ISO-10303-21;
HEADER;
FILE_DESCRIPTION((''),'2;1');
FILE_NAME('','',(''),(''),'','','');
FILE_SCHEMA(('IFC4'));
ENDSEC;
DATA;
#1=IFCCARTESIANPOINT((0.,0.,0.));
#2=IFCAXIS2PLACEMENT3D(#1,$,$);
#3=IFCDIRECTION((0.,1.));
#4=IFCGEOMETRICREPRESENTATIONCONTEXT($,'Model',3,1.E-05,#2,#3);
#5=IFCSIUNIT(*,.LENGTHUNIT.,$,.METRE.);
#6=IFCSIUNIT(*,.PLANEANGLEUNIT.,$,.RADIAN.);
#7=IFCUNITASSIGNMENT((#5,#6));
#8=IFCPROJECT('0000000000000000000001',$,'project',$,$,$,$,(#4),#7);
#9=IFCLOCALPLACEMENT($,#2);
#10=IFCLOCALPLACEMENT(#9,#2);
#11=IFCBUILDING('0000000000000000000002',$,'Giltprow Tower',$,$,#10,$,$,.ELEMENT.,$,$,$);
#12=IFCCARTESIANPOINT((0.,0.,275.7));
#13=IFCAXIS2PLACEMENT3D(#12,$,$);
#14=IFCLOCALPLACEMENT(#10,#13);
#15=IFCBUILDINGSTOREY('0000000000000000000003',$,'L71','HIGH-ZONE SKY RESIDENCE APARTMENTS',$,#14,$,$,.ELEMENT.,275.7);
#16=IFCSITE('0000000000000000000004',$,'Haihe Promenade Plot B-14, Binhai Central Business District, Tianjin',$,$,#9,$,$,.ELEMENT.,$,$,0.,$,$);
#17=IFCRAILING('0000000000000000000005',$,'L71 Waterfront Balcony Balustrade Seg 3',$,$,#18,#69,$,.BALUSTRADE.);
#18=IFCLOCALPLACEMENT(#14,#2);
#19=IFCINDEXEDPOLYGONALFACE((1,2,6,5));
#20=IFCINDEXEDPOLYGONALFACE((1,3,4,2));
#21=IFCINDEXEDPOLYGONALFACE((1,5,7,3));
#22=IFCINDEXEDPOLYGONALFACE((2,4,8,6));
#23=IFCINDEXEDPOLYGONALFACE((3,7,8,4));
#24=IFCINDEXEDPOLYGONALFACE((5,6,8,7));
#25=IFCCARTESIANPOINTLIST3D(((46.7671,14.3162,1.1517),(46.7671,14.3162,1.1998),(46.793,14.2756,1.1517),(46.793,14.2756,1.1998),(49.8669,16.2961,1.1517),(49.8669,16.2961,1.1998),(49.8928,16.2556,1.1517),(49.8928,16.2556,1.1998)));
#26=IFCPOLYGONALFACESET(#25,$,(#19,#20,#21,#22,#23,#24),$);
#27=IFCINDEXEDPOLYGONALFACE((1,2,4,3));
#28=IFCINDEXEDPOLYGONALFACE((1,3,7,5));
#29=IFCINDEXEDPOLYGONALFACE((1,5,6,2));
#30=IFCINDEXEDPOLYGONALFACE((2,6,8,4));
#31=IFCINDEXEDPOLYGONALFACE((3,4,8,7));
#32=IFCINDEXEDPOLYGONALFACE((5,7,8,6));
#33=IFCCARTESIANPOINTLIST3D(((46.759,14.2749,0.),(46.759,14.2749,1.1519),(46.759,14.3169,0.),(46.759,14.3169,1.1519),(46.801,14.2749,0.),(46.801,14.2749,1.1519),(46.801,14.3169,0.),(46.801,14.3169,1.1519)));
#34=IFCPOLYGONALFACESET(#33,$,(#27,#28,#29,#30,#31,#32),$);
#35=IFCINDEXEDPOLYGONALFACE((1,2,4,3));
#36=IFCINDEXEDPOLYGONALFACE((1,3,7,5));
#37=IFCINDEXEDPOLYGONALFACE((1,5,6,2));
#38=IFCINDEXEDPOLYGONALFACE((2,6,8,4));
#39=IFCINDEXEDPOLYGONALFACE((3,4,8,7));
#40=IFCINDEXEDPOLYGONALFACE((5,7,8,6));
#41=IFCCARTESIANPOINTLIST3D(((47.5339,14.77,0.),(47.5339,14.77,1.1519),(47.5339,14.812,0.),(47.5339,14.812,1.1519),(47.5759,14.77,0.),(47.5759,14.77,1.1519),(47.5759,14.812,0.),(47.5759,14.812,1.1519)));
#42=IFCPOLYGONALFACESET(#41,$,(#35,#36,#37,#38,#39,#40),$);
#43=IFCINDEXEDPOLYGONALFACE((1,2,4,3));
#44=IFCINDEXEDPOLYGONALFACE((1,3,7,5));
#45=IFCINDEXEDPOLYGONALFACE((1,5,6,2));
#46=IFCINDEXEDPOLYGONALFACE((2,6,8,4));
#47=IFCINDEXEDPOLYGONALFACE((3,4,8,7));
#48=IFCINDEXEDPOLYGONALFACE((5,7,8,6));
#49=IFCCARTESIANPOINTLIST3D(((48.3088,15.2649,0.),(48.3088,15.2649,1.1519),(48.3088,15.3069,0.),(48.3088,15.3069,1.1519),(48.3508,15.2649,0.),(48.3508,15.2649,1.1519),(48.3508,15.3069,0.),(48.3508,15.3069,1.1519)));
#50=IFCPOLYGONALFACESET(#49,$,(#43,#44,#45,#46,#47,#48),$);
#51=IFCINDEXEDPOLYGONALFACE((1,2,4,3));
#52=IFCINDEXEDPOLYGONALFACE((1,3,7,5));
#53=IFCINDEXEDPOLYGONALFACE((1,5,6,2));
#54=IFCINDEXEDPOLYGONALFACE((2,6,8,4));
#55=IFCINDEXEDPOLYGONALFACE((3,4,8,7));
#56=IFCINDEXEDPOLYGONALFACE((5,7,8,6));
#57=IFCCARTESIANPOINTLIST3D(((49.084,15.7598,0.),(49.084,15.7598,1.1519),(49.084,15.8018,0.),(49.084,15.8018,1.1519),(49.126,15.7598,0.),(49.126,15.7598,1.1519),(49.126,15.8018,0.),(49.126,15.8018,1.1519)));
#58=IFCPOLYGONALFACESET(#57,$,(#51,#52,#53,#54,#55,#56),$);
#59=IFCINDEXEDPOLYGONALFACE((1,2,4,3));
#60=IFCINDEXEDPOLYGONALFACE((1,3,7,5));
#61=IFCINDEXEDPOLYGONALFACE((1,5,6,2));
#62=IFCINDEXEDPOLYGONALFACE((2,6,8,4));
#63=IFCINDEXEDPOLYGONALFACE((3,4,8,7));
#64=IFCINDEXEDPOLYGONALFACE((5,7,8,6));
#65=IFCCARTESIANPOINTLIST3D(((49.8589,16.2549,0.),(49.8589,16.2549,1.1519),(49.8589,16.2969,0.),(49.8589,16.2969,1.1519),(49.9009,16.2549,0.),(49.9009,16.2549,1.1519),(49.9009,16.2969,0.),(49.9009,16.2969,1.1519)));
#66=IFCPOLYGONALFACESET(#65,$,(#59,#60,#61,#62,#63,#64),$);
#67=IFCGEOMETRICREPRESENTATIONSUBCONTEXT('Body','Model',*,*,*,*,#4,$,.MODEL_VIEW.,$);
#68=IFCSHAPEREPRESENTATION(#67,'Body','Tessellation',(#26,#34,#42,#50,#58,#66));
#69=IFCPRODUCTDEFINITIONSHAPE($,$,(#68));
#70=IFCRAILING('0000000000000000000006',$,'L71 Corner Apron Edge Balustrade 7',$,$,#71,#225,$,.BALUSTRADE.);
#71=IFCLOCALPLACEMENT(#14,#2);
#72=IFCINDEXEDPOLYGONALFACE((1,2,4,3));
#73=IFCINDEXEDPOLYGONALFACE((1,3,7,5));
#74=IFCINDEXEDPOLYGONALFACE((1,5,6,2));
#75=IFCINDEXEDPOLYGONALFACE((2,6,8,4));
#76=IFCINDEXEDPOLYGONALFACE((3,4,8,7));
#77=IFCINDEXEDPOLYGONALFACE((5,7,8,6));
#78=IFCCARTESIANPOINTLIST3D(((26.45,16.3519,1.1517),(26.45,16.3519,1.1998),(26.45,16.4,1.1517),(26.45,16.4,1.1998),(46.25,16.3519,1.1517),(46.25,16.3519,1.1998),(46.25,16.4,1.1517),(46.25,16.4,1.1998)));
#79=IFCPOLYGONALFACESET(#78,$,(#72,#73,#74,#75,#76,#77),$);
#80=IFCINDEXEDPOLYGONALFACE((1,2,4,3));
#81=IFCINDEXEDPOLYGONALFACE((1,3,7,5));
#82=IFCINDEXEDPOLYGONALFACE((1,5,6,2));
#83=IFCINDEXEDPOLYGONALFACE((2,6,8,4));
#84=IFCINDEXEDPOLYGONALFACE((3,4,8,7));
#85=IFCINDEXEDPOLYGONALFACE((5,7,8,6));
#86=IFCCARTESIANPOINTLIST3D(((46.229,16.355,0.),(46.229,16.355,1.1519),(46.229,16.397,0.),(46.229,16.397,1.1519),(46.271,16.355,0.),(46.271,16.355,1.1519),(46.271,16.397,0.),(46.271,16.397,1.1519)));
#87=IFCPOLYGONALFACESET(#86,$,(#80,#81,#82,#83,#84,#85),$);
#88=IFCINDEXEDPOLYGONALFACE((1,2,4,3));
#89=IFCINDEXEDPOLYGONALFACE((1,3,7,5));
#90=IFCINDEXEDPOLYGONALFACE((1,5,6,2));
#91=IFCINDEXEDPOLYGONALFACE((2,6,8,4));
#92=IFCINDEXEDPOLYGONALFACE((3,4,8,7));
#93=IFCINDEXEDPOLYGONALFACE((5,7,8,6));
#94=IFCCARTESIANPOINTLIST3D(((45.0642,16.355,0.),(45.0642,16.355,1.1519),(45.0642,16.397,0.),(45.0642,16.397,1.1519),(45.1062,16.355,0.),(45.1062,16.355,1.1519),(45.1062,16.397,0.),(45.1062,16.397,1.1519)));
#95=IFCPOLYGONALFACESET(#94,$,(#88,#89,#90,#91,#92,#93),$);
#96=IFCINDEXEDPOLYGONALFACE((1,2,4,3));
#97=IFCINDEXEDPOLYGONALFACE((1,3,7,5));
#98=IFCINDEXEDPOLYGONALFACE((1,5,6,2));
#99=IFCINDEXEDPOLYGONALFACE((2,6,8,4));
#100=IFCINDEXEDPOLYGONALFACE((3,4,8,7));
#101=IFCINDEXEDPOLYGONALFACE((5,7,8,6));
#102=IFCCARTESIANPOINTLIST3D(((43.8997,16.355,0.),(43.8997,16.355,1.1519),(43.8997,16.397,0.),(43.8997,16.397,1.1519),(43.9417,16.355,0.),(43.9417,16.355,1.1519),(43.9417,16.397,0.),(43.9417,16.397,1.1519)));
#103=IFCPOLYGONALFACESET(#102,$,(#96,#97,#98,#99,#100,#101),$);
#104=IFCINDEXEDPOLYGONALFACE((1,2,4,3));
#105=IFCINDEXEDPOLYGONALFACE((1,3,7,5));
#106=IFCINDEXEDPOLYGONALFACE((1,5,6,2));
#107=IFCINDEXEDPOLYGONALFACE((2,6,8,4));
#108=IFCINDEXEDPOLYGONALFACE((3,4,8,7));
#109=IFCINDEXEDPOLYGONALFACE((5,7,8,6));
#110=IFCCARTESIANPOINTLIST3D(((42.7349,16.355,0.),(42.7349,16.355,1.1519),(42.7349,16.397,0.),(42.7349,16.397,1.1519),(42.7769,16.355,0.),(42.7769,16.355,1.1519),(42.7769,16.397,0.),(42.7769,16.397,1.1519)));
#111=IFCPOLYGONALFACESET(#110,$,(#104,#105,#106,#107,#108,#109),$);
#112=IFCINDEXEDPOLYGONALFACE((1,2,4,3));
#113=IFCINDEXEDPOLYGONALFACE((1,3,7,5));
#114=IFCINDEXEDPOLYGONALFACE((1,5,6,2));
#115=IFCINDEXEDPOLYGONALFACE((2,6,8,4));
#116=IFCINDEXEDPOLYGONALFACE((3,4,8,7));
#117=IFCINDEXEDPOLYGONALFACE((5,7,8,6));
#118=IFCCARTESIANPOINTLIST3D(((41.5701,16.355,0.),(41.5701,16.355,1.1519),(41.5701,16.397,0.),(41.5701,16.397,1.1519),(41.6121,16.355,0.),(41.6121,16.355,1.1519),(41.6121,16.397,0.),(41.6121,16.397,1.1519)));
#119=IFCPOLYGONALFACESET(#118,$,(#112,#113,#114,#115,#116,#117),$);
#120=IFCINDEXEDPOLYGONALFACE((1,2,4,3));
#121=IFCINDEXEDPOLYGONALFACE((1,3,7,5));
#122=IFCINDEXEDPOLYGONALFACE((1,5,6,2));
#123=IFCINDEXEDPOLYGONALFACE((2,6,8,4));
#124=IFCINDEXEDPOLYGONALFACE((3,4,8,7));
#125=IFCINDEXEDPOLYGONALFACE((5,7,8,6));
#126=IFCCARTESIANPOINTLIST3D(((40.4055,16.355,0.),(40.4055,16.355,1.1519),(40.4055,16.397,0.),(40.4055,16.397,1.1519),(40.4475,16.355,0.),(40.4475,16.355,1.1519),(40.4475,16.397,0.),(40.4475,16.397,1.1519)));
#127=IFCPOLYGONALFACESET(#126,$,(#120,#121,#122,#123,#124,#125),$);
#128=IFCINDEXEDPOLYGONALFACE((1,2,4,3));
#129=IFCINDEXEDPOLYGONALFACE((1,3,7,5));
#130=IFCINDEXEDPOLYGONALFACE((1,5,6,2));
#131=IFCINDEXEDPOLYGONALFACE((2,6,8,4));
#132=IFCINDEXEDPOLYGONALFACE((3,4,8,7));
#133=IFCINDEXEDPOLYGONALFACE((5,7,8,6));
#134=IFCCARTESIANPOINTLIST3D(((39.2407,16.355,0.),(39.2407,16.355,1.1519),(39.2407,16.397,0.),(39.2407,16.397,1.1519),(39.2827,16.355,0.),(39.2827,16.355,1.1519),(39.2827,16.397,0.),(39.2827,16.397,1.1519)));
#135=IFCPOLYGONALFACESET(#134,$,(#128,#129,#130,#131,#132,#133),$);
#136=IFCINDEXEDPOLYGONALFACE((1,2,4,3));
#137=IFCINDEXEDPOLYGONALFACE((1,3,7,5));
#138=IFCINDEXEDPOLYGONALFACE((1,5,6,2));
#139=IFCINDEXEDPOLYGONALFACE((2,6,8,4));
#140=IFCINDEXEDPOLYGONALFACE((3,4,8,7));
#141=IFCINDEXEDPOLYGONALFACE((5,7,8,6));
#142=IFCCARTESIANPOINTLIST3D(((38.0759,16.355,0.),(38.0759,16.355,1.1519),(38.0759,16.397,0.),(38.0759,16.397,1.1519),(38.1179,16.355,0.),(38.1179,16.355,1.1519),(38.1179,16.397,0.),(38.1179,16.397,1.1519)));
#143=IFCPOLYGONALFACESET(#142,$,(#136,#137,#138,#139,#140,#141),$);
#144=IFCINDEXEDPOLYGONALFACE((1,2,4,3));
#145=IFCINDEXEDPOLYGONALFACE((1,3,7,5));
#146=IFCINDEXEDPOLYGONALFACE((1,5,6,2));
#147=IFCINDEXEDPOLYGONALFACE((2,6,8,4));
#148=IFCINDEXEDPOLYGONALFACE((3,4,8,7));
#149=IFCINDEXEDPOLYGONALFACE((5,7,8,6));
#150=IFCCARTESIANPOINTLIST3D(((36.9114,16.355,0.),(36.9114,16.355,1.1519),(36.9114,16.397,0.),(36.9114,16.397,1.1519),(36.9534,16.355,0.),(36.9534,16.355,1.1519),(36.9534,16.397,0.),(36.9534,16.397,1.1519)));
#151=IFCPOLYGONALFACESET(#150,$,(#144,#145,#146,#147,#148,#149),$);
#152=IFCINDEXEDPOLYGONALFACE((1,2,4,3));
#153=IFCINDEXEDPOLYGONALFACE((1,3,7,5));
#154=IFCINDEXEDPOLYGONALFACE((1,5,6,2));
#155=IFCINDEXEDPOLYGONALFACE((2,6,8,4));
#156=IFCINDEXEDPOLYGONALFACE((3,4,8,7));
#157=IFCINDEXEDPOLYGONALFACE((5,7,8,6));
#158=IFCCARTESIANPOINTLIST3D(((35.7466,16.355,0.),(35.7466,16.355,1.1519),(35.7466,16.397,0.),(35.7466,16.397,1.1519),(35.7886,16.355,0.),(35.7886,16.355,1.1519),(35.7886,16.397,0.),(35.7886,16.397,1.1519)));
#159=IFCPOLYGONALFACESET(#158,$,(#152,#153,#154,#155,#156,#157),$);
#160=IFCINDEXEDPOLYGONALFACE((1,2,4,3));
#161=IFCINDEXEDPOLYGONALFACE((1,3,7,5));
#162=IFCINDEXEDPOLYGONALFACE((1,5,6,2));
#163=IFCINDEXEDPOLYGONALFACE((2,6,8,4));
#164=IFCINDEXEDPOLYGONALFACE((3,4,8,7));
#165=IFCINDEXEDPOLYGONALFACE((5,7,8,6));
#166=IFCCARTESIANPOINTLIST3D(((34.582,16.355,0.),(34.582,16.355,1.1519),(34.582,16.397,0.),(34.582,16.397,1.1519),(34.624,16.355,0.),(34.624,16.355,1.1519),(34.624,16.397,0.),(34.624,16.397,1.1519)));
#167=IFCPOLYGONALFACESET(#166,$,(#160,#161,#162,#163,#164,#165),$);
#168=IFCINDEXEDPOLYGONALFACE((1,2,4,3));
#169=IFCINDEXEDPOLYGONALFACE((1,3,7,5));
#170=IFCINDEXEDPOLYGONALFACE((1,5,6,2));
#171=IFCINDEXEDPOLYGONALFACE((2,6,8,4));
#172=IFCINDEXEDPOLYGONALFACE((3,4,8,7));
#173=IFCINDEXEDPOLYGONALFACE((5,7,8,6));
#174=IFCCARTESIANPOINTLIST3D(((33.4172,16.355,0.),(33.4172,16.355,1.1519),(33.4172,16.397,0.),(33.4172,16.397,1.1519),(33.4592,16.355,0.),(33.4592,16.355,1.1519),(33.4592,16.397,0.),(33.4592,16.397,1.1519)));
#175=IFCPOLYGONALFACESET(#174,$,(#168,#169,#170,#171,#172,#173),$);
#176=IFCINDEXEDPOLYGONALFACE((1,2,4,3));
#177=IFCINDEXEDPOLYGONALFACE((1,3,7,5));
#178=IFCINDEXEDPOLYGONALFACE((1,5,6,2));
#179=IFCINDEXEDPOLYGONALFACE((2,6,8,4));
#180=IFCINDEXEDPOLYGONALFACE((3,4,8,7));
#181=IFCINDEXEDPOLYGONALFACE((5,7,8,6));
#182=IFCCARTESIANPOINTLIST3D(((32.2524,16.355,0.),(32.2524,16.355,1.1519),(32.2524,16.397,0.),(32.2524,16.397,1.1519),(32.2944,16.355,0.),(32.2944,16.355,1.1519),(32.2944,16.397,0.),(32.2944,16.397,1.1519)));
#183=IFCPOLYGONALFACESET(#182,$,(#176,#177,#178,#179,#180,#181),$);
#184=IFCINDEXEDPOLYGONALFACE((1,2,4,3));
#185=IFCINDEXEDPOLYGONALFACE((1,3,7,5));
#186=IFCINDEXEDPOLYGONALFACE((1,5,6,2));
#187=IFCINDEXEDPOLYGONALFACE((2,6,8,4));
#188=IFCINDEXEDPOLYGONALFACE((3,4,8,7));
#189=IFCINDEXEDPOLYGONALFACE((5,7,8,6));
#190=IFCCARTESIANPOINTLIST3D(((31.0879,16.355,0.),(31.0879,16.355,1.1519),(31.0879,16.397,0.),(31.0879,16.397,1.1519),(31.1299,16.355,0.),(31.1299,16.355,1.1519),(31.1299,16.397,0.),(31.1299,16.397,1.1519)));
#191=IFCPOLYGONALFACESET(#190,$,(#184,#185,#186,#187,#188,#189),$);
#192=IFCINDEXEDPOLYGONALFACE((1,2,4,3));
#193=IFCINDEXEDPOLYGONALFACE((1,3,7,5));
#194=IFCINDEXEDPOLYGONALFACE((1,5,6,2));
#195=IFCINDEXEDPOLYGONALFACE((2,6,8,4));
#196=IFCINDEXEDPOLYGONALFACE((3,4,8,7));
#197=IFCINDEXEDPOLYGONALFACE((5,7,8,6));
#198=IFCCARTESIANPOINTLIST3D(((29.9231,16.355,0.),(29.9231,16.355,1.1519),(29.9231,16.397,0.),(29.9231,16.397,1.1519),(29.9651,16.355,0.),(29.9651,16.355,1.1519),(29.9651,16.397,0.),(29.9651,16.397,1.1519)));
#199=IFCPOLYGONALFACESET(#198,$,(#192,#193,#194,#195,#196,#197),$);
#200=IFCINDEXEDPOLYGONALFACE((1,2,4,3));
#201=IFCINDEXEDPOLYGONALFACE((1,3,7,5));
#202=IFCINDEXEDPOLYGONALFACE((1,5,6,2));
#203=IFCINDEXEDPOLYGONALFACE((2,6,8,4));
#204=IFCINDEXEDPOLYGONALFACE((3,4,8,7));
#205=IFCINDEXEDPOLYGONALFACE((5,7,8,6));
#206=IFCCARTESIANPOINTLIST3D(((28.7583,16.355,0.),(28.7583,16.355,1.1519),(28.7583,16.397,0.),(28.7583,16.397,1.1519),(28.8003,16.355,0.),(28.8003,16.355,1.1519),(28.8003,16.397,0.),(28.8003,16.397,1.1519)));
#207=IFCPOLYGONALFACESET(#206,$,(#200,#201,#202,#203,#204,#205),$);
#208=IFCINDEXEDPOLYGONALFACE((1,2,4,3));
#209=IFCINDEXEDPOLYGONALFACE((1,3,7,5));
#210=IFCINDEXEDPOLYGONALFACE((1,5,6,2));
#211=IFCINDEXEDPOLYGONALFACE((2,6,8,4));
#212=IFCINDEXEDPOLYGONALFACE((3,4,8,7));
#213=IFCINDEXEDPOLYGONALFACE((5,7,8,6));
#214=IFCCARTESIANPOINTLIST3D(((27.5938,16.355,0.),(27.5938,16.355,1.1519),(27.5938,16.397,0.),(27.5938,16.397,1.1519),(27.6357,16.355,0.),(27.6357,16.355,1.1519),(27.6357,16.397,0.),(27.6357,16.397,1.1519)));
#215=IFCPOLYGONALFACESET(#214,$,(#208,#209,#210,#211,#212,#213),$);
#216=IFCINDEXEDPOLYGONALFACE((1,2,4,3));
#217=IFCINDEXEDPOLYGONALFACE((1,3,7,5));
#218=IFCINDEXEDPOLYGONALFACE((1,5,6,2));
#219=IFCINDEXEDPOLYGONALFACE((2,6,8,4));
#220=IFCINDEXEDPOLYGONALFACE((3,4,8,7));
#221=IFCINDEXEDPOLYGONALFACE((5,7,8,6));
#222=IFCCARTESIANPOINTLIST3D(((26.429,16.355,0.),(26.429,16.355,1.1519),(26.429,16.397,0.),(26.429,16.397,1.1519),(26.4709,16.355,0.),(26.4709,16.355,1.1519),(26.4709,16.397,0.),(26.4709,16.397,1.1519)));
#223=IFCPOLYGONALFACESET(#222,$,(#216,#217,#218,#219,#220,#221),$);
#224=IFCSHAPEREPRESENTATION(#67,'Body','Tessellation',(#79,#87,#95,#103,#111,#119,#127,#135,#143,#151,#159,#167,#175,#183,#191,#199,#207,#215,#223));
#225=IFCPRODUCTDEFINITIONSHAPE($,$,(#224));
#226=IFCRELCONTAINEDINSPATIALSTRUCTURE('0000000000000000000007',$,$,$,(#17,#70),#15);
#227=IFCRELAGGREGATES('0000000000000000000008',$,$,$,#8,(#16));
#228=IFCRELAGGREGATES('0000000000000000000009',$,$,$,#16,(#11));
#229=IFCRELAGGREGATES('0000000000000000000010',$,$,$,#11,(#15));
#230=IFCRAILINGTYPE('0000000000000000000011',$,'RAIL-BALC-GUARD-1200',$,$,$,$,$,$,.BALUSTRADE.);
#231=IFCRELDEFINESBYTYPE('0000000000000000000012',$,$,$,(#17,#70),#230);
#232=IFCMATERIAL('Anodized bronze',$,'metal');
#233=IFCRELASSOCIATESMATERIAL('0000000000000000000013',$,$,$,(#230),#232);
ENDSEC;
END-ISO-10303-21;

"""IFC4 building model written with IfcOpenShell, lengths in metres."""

from ifc_helpers import new_model, si_unit, direction, frame, origin, origin_2d, place, context, subcontext, project, spatial, rectangle, extrude, material, type_object, element, save


model = new_model("IFC4")

# Units and contexts
model_context = context("Model", 3, precision=1e-05, world=origin(), true_north=direction((0.0, 1.0)))
body_context = subcontext(model_context, "Body", "Model", "MODEL_VIEW")
ifc_project = project(units=[si_unit("LENGTHUNIT", "METRE"), si_unit("PLANEANGLEUNIT", "RADIAN")], contexts=[model_context])

# Site, building, storey
site_placement = place(None, origin())
site = spatial("IfcSite", under=ifc_project, at=site_placement, Name="Haihe Promenade Plot B-14, Binhai Central Business District, Tianjin", CompositionType="ELEMENT", RefElevation=0.0)
building_placement = place(site_placement, origin())
building = spatial("IfcBuilding", under=site, at=building_placement, Name="Giltprow Tower", CompositionType="ELEMENT")
storey_placement = place(building_placement, frame((0.0, 0.0, 275.7)))
storey = spatial("IfcBuildingStorey", under=building, at=storey_placement, Name="L71", Description="HIGH-ZONE SKY RESIDENCE APARTMENTS", CompositionType="ELEMENT", Elevation=275.7)

# Shared definitions
ifc_material_1 = material(Name="Anodized bronze", Category="metal")

# Railings
railing_type = type_object("IfcRailingType", Name="RAIL-BALC-GUARD-1200", PredefinedType="BALUSTRADE", material=ifc_material_1)
railing_1_placement = place(storey_placement, frame((46.78, 14.2959, 0.0)))
element("IfcRailing", 1, at=railing_1_placement, inside=storey, type_object=railing_type, Name="L71 Waterfront Balcony Balustrade Seg 3", PredefinedType="BALUSTRADE", context=body_context, shape_type="SweptSolid", body=[
    extrude(rectangle(XDim=0.0481, YDim=0.0481, at=origin_2d()), frame((0.0, 0.0, 1.1758), z_axis=(0.842756, 0.538296, 0.0), x_axis=(-0.538296, 0.842756, 0.0)), (0.0, 0.0, 1.0), 3.6782),
    extrude(rectangle(XDim=0.042, YDim=0.042, at=origin_2d()), origin(), (0.0, 0.0, 1.0), 1.1519),
    extrude(rectangle(XDim=0.042, YDim=0.042, at=origin_2d()), frame((0.7749, 0.4951, 0.0)), (0.0, 0.0, 1.0), 1.1519),
    extrude(rectangle(XDim=0.042, YDim=0.042, at=origin_2d()), frame((1.5498, 0.99, 0.0)), (0.0, 0.0, 1.0), 1.1519),
    extrude(rectangle(XDim=0.042, YDim=0.042, at=origin_2d()), frame((2.325, 1.4849, 0.0)), (0.0, 0.0, 1.0), 1.1519),
    extrude(rectangle(XDim=0.042, YDim=0.042, at=origin_2d()), frame((3.0999, 1.98, 0.0)), (0.0, 0.0, 1.0), 1.1519),
])
railing_2_placement = place(storey_placement, frame((46.25, 16.376, 0.0)))
element("IfcRailing", 2, at=railing_2_placement, inside=storey, type_object=railing_type, Name="L71 Corner Apron Edge Balustrade 7", PredefinedType="BALUSTRADE", context=body_context, shape_type="SweptSolid", body=[
    extrude(rectangle(XDim=0.0481, YDim=0.0481, at=origin_2d()), frame((0.0, 0.0, 1.1758), z_axis=(-1.0, 0.0, 0.0), x_axis=(0.0, -1.0, 0.0)), (0.0, 0.0, 1.0), 19.8),
    extrude(rectangle(XDim=0.042, YDim=0.042, at=origin_2d()), origin(), (0.0, 0.0, 1.0), 1.1519),
    extrude(rectangle(XDim=0.042, YDim=0.042, at=origin_2d()), frame((-1.1648, 0.0, 0.0)), (0.0, 0.0, 1.0), 1.1519),
    extrude(rectangle(XDim=0.042, YDim=0.042, at=origin_2d()), frame((-2.3293, 0.0, 0.0)), (0.0, 0.0, 1.0), 1.1519),
    extrude(rectangle(XDim=0.042, YDim=0.042, at=origin_2d()), frame((-3.4941, 0.0, 0.0)), (0.0, 0.0, 1.0), 1.1519),
    extrude(rectangle(XDim=0.042, YDim=0.042, at=origin_2d()), frame((-4.6589, 0.0, 0.0)), (0.0, 0.0, 1.0), 1.1519),
    extrude(rectangle(XDim=0.042, YDim=0.042, at=origin_2d()), frame((-5.8235, 0.0, 0.0)), (0.0, 0.0, 1.0), 1.1519),
    extrude(rectangle(XDim=0.042, YDim=0.042, at=origin_2d()), frame((-6.9883, 0.0, 0.0)), (0.0, 0.0, 1.0), 1.1519),
    extrude(rectangle(XDim=0.042, YDim=0.042, at=origin_2d()), frame((-8.1531, 0.0, 0.0)), (0.0, 0.0, 1.0), 1.1519),
    extrude(rectangle(XDim=0.042, YDim=0.042, at=origin_2d()), frame((-9.3176, 0.0, 0.0)), (0.0, 0.0, 1.0), 1.1519),
    extrude(rectangle(XDim=0.042, YDim=0.042, at=origin_2d()), frame((-10.4824, 0.0, 0.0)), (0.0, 0.0, 1.0), 1.1519),
    extrude(rectangle(XDim=0.042, YDim=0.042, at=origin_2d()), frame((-11.647, 0.0, 0.0)), (0.0, 0.0, 1.0), 1.1519),
    extrude(rectangle(XDim=0.042, YDim=0.042, at=origin_2d()), frame((-12.8118, 0.0, 0.0)), (0.0, 0.0, 1.0), 1.1519),
    extrude(rectangle(XDim=0.042, YDim=0.042, at=origin_2d()), frame((-13.9766, 0.0, 0.0)), (0.0, 0.0, 1.0), 1.1519),
    extrude(rectangle(XDim=0.042, YDim=0.042, at=origin_2d()), frame((-15.1411, 0.0, 0.0)), (0.0, 0.0, 1.0), 1.1519),
    extrude(rectangle(XDim=0.042, YDim=0.042, at=origin_2d()), frame((-16.3059, 0.0, 0.0)), (0.0, 0.0, 1.0), 1.1519),
    extrude(rectangle(XDim=0.042, YDim=0.042, at=origin_2d()), frame((-17.4707, 0.0, 0.0)), (0.0, 0.0, 1.0), 1.1519),
    extrude(rectangle(XDim=0.042, YDim=0.042, at=origin_2d()), frame((-18.6353, 0.0, 0.0)), (0.0, 0.0, 1.0), 1.1519),
    extrude(rectangle(XDim=0.042, YDim=0.042, at=origin_2d()), frame((-19.8, 0.0, 0.0)), (0.0, 0.0, 1.0), 1.1519),
])

save(model, "model.ifc")
